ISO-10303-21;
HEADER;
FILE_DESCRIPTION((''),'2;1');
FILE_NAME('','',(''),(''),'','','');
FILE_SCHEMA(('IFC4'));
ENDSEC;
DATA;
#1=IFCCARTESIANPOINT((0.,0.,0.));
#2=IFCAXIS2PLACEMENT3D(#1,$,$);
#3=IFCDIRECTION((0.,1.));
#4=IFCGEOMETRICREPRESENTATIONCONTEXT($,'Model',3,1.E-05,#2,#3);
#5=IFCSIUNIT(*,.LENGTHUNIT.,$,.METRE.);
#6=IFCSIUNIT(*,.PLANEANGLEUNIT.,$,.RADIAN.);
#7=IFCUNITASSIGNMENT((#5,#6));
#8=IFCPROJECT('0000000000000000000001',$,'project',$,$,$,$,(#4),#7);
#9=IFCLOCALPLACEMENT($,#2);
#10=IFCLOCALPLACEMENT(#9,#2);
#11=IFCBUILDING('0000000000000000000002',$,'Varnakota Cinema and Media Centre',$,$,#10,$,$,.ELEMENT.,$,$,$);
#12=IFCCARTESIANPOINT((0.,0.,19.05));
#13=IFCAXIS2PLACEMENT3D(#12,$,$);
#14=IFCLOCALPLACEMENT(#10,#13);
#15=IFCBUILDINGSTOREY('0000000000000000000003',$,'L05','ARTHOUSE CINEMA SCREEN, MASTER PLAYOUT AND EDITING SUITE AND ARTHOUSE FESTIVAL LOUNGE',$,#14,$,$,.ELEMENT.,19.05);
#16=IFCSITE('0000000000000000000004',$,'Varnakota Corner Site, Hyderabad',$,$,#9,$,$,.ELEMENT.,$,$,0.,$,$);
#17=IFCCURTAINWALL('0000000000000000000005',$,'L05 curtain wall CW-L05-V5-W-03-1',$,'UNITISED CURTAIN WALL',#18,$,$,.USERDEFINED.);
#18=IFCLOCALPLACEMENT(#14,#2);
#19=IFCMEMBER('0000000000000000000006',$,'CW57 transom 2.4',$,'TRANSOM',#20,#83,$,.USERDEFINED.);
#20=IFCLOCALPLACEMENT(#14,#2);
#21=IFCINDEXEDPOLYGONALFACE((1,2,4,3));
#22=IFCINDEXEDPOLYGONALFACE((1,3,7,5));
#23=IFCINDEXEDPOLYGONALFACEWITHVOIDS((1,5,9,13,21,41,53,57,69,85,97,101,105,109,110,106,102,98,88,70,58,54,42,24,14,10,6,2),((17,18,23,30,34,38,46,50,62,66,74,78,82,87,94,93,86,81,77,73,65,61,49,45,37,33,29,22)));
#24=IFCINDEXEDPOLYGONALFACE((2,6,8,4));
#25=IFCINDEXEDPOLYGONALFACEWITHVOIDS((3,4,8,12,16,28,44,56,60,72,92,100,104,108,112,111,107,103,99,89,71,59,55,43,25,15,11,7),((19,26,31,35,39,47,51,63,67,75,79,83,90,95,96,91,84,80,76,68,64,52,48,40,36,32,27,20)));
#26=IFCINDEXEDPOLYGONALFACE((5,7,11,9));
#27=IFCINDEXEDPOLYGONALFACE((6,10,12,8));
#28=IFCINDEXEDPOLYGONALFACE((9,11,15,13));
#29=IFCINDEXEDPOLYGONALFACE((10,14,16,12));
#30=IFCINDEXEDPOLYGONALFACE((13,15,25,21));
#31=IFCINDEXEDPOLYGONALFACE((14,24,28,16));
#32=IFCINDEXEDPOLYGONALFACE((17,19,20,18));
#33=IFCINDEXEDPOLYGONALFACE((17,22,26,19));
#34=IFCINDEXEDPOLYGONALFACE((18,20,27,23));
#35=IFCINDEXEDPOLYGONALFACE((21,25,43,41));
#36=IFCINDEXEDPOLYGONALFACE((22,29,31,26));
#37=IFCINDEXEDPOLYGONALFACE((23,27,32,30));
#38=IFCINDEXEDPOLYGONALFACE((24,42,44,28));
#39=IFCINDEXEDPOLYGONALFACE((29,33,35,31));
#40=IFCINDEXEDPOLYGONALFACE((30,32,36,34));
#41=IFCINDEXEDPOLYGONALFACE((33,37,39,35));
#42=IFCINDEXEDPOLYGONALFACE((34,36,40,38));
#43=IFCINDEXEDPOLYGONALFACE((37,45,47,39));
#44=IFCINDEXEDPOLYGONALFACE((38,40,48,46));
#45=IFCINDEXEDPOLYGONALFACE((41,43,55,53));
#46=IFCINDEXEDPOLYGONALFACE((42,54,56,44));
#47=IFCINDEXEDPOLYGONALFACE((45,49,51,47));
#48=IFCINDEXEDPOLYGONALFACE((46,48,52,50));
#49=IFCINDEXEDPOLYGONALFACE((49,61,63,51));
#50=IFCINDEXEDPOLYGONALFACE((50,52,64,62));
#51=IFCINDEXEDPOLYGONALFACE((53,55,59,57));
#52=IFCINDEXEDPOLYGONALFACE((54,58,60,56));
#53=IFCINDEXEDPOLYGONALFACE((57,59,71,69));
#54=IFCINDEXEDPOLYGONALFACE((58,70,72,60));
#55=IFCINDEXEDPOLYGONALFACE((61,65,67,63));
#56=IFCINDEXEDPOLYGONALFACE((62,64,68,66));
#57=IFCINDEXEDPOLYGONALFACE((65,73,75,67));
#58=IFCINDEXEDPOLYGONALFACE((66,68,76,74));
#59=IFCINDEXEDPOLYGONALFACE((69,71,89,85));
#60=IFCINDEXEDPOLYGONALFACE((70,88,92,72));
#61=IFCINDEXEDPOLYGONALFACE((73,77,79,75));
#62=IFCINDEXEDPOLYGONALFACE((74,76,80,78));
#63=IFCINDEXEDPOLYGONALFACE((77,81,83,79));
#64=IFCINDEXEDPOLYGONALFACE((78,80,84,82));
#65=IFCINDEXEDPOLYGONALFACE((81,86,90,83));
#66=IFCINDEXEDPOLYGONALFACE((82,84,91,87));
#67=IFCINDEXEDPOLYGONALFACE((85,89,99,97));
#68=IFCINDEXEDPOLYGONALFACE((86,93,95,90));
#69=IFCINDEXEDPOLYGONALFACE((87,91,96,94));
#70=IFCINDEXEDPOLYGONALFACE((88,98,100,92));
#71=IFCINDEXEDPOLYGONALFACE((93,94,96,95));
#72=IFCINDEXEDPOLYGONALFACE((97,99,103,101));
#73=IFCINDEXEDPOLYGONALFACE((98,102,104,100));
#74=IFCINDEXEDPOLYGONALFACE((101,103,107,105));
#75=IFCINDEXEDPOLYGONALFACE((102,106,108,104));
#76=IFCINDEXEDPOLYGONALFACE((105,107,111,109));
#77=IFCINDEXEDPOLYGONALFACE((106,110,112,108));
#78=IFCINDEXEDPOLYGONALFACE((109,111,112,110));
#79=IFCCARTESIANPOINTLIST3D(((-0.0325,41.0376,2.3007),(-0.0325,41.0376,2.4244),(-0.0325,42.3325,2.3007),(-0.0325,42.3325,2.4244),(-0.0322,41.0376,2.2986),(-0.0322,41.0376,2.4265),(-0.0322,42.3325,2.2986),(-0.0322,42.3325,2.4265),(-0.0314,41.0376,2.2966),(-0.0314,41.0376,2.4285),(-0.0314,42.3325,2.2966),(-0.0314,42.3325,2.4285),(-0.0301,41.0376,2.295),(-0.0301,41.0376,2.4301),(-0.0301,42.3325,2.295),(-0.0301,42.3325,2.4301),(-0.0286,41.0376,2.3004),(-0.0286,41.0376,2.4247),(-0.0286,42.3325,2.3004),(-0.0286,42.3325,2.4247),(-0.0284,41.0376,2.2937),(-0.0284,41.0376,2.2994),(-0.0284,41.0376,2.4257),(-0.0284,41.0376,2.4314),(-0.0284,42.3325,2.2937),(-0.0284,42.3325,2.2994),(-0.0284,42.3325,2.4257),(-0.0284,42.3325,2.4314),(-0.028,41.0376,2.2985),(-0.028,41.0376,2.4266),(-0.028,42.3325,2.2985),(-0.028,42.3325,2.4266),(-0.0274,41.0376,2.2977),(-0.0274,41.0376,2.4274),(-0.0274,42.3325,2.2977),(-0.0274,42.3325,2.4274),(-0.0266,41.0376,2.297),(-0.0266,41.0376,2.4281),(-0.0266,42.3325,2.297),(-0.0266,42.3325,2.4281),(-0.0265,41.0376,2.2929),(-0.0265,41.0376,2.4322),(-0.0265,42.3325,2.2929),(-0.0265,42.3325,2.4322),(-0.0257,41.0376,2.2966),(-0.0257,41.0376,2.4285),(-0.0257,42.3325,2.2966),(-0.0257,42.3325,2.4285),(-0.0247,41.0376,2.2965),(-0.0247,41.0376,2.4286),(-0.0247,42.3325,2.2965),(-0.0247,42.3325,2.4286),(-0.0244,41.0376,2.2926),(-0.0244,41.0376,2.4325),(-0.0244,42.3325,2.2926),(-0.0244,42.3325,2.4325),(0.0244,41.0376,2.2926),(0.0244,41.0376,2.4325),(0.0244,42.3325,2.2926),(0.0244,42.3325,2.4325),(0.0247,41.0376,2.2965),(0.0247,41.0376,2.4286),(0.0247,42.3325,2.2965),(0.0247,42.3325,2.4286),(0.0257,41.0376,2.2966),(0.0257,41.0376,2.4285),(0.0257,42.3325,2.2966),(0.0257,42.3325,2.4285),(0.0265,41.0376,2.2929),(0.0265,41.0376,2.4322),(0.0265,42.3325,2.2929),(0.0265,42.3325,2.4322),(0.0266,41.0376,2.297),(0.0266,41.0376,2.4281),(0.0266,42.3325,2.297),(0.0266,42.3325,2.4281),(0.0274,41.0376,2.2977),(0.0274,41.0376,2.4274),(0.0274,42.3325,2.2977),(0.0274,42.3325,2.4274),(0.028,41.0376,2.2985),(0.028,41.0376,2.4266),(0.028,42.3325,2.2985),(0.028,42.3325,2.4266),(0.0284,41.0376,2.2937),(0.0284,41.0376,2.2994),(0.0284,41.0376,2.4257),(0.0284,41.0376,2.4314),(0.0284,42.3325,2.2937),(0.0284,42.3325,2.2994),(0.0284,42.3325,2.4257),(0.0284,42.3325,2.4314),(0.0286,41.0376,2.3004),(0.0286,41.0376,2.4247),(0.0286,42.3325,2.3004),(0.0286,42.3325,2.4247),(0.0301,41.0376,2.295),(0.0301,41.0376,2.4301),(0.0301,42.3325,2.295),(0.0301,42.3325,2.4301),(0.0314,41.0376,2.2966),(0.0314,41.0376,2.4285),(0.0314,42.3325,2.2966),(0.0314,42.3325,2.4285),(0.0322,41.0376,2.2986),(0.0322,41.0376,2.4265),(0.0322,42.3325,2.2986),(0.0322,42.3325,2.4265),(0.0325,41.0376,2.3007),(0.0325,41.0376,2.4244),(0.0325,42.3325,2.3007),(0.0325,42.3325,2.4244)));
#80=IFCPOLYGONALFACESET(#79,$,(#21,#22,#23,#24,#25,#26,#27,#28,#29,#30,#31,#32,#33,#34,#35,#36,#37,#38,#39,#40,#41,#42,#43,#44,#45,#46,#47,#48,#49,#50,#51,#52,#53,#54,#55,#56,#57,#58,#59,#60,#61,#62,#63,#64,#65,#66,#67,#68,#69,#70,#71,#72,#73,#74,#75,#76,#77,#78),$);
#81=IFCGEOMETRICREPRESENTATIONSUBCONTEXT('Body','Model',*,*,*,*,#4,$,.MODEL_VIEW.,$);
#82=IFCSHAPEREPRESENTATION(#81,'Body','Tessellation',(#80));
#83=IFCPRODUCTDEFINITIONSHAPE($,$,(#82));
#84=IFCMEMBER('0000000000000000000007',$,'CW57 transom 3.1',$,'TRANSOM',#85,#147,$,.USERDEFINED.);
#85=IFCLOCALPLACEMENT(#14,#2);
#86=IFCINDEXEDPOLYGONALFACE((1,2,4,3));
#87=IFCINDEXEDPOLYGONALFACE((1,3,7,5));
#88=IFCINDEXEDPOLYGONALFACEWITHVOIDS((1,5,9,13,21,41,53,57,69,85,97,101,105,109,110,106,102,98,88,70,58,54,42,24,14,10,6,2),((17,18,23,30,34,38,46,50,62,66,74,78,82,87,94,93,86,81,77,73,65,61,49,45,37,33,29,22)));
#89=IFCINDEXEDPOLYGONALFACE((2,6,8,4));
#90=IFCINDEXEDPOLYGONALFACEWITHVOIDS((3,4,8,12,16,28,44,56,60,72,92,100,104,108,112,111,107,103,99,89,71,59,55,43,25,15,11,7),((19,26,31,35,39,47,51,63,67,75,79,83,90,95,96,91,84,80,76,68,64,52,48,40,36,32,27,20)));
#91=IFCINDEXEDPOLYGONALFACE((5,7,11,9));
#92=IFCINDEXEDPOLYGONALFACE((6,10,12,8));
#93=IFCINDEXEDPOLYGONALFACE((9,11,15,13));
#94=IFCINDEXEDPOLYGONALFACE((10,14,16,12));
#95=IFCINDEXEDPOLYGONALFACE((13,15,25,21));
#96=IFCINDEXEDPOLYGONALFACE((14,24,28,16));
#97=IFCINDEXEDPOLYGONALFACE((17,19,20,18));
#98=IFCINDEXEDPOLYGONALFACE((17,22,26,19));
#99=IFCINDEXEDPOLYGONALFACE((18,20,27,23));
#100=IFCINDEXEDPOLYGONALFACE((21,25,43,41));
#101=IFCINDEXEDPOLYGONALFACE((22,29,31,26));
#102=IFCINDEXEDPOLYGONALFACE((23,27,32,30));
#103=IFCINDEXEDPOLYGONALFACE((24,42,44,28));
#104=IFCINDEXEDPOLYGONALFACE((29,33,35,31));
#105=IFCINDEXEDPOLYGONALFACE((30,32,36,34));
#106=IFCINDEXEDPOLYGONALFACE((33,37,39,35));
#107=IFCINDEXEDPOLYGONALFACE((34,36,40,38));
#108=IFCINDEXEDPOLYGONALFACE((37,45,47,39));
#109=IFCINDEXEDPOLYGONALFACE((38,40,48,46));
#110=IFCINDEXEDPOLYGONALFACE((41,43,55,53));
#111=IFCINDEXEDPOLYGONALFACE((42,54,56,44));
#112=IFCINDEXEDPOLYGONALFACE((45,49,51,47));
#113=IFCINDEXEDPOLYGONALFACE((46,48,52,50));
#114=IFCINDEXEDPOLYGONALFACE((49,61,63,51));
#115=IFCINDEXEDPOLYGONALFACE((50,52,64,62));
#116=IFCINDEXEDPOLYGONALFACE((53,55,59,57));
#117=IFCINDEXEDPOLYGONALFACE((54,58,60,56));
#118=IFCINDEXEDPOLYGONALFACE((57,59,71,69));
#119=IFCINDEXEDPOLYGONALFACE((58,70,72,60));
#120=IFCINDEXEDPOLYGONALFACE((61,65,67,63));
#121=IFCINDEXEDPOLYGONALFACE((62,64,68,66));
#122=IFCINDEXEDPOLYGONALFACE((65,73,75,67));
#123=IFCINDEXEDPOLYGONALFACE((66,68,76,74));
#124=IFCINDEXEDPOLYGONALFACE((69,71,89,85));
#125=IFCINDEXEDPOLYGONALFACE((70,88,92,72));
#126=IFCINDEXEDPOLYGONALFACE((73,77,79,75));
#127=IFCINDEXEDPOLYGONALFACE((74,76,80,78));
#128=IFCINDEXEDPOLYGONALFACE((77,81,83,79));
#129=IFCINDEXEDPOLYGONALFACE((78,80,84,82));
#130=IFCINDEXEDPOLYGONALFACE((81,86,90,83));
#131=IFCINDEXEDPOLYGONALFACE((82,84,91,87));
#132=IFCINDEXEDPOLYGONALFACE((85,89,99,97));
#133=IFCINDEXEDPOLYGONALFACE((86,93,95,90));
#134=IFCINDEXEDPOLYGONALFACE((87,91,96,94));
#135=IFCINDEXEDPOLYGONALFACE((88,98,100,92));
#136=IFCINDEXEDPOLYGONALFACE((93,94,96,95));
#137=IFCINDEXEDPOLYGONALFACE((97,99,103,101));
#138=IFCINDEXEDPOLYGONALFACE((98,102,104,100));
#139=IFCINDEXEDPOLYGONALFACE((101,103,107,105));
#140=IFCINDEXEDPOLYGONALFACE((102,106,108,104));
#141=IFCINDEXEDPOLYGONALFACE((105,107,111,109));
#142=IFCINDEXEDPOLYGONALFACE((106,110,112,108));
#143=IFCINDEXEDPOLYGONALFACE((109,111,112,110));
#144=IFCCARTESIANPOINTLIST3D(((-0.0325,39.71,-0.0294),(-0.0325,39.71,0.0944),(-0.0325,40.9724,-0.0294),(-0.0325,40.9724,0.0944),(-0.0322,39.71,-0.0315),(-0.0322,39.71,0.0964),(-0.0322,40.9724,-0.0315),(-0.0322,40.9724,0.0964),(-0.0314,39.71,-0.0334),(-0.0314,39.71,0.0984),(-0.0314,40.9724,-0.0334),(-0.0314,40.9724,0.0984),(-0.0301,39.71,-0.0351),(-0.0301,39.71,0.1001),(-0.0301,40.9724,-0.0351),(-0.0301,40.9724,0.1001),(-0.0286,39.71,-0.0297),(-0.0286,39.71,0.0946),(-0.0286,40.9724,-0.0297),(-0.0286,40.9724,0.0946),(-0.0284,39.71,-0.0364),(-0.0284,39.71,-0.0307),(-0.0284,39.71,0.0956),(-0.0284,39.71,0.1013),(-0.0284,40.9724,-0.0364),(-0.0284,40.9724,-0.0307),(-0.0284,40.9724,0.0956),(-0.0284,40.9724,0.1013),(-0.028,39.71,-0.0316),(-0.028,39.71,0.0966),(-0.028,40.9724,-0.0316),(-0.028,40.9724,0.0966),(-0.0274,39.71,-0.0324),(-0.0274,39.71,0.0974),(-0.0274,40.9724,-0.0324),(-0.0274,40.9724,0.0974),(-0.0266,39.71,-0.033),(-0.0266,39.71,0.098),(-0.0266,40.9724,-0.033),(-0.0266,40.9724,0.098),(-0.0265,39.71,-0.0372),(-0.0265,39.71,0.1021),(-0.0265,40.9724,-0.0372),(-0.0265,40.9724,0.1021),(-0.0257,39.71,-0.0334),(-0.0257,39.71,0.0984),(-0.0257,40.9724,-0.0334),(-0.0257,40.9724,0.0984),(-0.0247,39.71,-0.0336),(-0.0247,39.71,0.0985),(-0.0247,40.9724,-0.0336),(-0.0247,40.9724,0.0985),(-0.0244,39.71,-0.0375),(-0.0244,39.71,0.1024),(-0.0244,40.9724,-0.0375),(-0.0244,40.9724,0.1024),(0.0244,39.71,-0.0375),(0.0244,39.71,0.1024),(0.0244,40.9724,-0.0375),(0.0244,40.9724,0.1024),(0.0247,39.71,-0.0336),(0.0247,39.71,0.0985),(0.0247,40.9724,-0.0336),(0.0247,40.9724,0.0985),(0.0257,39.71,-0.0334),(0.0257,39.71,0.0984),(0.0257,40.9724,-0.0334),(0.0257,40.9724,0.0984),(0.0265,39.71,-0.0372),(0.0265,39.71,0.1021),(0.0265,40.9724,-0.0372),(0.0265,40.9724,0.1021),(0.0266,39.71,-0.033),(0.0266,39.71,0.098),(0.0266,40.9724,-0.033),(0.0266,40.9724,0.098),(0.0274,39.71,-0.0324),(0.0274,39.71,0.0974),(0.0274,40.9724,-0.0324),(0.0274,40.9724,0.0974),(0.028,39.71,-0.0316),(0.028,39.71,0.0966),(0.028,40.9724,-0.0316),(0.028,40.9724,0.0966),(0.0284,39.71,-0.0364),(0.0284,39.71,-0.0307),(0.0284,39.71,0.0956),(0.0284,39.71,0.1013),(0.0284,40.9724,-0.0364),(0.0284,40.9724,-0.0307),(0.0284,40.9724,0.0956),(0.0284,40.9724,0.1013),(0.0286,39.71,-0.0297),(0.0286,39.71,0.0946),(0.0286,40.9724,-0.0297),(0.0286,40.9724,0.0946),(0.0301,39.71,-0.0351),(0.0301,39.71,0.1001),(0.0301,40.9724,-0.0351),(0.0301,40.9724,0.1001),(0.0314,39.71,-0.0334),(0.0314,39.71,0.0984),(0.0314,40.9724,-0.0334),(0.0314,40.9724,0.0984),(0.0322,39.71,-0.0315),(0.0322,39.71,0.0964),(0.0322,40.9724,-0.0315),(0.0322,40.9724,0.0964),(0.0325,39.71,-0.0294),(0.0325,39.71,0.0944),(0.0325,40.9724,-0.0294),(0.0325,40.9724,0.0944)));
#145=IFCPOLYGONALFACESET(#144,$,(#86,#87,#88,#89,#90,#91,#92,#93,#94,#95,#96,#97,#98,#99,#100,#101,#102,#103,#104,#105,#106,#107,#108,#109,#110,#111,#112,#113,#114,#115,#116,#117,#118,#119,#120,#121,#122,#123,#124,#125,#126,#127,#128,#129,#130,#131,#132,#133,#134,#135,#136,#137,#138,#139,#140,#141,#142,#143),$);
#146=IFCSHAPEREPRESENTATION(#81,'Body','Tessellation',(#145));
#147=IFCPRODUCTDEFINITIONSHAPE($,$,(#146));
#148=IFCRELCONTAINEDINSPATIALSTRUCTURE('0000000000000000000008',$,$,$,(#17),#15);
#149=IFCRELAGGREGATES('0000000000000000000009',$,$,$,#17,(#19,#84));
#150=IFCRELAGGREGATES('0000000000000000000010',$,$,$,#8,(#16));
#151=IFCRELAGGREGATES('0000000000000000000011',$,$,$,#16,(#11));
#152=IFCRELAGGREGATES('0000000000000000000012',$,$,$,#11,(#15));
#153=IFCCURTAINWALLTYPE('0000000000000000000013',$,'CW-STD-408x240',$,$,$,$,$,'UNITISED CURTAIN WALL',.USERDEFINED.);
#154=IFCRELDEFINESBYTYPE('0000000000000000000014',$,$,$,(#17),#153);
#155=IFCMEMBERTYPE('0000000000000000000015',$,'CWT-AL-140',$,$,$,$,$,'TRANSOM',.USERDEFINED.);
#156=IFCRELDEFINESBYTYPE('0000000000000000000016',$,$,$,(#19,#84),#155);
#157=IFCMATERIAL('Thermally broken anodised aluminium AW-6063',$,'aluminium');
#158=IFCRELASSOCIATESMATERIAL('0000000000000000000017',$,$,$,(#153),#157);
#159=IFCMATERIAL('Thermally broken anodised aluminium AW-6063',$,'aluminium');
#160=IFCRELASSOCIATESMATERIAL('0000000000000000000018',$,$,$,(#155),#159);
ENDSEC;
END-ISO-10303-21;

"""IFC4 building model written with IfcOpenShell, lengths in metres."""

from ifc_helpers import new_model, si_unit, direction, frame, origin, origin_2d, place, context, subcontext, project, spatial, hollow_rectangle, extrude, material, material_profile, profile_set, type_object, element, aggregate, save


model = new_model("IFC4")

# Units and contexts
model_context = context("Model", 3, precision=1e-05, world=origin(), true_north=direction((0.0, 1.0)))
body_context = subcontext(model_context, "Body", "Model", "MODEL_VIEW")
ifc_project = project(units=[si_unit("LENGTHUNIT", "METRE"), si_unit("PLANEANGLEUNIT", "RADIAN")], contexts=[model_context])

# Site, building, storey
site_placement = place(None, origin())
site = spatial("IfcSite", under=ifc_project, at=site_placement, Name="Varnakota Corner Site, Hyderabad", CompositionType="ELEMENT", RefElevation=0.0)
building_placement = place(site_placement, origin())
building = spatial("IfcBuilding", under=site, at=building_placement, Name="Varnakota Cinema and Media Centre", CompositionType="ELEMENT")
storey_placement = place(building_placement, frame((0.0, 0.0, 19.05)))
storey = spatial("IfcBuildingStorey", under=building, at=storey_placement, Name="L05", Description="ARTHOUSE CINEMA SCREEN, MASTER PLAYOUT AND EDITING SUITE AND ARTHOUSE FESTIVAL LOUNGE", CompositionType="ELEMENT", Elevation=19.05)

# Curtain wall
ifc_material_1 = material(Name="Thermally broken anodised aluminium AW-6063", Category="aluminium")
curtain_wall_type = type_object("IfcCurtainWallType", Name="CW-STD-408x240", ElementType="UNITISED CURTAIN WALL", PredefinedType="USERDEFINED", material=ifc_material_1)
curtain_wall_1_placement = place(storey_placement, origin())
curtain_wall_1 = element("IfcCurtainWall", 1, at=curtain_wall_1_placement, inside=storey, type_object=curtain_wall_type, Name="L05 curtain wall CW-L05-V5-W-03-1", ObjectType="UNITISED CURTAIN WALL", PredefinedType="USERDEFINED")

# Members
ifc_material_2 = material(Name="Thermally broken anodised aluminium AW-6063", Category="aluminium")
ifc_material_profile_1 = material_profile(ifc_material_2, hollow_rectangle(XDim=0.0649, YDim=0.1399, WallThickness=0.0039, InnerFilletRadius=0.0039, OuterFilletRadius=0.0081, at=origin_2d()), Name="AL-TRANSOM 140x65x4")
ifc_profile_set_1 = profile_set([ifc_material_profile_1], Name="Thermally broken anodised aluminium AW-6063")
member_type_1 = type_object("IfcMemberType", Name="CWT-AL-140", ElementType="TRANSOM", PredefinedType="USERDEFINED", material=ifc_profile_set_1)
member_1_placement = place(storey_placement, frame((0.0, 42.3325, 2.3625), z_axis=(0.0, -1.0, 0.0), x_axis=(1.0, 0.0, 0.0)))
member_1 = element("IfcMember", 2, at=member_1_placement, type_object=member_type_1, Name="CW57 transom 2.4", ObjectType="TRANSOM", PredefinedType="USERDEFINED", context=body_context, shape_type="SweptSolid", body=[
    extrude(hollow_rectangle(XDim=0.0649, YDim=0.1399, WallThickness=0.0039, InnerFilletRadius=0.0039, OuterFilletRadius=0.0081, at=origin_2d()), origin(), (0.0, 0.0, 1.0), 1.2949),
])
member_2_placement = place(storey_placement, frame((0.0, 40.9724, 0.0325), z_axis=(0.0, -1.0, 0.0), x_axis=(1.0, 0.0, 0.0)))
member_2 = element("IfcMember", 3, at=member_2_placement, type_object=member_type_1, Name="CW57 transom 3.1", ObjectType="TRANSOM", PredefinedType="USERDEFINED", context=body_context, shape_type="SweptSolid", body=[
    extrude(hollow_rectangle(XDim=0.0649, YDim=0.1399, WallThickness=0.0039, InnerFilletRadius=0.0039, OuterFilletRadius=0.0081, at=origin_2d()), origin(), (0.0, 0.0, 1.0), 1.2625),
])

aggregate(curtain_wall_1, [member_1, member_2])

save(model, "model.ifc")
